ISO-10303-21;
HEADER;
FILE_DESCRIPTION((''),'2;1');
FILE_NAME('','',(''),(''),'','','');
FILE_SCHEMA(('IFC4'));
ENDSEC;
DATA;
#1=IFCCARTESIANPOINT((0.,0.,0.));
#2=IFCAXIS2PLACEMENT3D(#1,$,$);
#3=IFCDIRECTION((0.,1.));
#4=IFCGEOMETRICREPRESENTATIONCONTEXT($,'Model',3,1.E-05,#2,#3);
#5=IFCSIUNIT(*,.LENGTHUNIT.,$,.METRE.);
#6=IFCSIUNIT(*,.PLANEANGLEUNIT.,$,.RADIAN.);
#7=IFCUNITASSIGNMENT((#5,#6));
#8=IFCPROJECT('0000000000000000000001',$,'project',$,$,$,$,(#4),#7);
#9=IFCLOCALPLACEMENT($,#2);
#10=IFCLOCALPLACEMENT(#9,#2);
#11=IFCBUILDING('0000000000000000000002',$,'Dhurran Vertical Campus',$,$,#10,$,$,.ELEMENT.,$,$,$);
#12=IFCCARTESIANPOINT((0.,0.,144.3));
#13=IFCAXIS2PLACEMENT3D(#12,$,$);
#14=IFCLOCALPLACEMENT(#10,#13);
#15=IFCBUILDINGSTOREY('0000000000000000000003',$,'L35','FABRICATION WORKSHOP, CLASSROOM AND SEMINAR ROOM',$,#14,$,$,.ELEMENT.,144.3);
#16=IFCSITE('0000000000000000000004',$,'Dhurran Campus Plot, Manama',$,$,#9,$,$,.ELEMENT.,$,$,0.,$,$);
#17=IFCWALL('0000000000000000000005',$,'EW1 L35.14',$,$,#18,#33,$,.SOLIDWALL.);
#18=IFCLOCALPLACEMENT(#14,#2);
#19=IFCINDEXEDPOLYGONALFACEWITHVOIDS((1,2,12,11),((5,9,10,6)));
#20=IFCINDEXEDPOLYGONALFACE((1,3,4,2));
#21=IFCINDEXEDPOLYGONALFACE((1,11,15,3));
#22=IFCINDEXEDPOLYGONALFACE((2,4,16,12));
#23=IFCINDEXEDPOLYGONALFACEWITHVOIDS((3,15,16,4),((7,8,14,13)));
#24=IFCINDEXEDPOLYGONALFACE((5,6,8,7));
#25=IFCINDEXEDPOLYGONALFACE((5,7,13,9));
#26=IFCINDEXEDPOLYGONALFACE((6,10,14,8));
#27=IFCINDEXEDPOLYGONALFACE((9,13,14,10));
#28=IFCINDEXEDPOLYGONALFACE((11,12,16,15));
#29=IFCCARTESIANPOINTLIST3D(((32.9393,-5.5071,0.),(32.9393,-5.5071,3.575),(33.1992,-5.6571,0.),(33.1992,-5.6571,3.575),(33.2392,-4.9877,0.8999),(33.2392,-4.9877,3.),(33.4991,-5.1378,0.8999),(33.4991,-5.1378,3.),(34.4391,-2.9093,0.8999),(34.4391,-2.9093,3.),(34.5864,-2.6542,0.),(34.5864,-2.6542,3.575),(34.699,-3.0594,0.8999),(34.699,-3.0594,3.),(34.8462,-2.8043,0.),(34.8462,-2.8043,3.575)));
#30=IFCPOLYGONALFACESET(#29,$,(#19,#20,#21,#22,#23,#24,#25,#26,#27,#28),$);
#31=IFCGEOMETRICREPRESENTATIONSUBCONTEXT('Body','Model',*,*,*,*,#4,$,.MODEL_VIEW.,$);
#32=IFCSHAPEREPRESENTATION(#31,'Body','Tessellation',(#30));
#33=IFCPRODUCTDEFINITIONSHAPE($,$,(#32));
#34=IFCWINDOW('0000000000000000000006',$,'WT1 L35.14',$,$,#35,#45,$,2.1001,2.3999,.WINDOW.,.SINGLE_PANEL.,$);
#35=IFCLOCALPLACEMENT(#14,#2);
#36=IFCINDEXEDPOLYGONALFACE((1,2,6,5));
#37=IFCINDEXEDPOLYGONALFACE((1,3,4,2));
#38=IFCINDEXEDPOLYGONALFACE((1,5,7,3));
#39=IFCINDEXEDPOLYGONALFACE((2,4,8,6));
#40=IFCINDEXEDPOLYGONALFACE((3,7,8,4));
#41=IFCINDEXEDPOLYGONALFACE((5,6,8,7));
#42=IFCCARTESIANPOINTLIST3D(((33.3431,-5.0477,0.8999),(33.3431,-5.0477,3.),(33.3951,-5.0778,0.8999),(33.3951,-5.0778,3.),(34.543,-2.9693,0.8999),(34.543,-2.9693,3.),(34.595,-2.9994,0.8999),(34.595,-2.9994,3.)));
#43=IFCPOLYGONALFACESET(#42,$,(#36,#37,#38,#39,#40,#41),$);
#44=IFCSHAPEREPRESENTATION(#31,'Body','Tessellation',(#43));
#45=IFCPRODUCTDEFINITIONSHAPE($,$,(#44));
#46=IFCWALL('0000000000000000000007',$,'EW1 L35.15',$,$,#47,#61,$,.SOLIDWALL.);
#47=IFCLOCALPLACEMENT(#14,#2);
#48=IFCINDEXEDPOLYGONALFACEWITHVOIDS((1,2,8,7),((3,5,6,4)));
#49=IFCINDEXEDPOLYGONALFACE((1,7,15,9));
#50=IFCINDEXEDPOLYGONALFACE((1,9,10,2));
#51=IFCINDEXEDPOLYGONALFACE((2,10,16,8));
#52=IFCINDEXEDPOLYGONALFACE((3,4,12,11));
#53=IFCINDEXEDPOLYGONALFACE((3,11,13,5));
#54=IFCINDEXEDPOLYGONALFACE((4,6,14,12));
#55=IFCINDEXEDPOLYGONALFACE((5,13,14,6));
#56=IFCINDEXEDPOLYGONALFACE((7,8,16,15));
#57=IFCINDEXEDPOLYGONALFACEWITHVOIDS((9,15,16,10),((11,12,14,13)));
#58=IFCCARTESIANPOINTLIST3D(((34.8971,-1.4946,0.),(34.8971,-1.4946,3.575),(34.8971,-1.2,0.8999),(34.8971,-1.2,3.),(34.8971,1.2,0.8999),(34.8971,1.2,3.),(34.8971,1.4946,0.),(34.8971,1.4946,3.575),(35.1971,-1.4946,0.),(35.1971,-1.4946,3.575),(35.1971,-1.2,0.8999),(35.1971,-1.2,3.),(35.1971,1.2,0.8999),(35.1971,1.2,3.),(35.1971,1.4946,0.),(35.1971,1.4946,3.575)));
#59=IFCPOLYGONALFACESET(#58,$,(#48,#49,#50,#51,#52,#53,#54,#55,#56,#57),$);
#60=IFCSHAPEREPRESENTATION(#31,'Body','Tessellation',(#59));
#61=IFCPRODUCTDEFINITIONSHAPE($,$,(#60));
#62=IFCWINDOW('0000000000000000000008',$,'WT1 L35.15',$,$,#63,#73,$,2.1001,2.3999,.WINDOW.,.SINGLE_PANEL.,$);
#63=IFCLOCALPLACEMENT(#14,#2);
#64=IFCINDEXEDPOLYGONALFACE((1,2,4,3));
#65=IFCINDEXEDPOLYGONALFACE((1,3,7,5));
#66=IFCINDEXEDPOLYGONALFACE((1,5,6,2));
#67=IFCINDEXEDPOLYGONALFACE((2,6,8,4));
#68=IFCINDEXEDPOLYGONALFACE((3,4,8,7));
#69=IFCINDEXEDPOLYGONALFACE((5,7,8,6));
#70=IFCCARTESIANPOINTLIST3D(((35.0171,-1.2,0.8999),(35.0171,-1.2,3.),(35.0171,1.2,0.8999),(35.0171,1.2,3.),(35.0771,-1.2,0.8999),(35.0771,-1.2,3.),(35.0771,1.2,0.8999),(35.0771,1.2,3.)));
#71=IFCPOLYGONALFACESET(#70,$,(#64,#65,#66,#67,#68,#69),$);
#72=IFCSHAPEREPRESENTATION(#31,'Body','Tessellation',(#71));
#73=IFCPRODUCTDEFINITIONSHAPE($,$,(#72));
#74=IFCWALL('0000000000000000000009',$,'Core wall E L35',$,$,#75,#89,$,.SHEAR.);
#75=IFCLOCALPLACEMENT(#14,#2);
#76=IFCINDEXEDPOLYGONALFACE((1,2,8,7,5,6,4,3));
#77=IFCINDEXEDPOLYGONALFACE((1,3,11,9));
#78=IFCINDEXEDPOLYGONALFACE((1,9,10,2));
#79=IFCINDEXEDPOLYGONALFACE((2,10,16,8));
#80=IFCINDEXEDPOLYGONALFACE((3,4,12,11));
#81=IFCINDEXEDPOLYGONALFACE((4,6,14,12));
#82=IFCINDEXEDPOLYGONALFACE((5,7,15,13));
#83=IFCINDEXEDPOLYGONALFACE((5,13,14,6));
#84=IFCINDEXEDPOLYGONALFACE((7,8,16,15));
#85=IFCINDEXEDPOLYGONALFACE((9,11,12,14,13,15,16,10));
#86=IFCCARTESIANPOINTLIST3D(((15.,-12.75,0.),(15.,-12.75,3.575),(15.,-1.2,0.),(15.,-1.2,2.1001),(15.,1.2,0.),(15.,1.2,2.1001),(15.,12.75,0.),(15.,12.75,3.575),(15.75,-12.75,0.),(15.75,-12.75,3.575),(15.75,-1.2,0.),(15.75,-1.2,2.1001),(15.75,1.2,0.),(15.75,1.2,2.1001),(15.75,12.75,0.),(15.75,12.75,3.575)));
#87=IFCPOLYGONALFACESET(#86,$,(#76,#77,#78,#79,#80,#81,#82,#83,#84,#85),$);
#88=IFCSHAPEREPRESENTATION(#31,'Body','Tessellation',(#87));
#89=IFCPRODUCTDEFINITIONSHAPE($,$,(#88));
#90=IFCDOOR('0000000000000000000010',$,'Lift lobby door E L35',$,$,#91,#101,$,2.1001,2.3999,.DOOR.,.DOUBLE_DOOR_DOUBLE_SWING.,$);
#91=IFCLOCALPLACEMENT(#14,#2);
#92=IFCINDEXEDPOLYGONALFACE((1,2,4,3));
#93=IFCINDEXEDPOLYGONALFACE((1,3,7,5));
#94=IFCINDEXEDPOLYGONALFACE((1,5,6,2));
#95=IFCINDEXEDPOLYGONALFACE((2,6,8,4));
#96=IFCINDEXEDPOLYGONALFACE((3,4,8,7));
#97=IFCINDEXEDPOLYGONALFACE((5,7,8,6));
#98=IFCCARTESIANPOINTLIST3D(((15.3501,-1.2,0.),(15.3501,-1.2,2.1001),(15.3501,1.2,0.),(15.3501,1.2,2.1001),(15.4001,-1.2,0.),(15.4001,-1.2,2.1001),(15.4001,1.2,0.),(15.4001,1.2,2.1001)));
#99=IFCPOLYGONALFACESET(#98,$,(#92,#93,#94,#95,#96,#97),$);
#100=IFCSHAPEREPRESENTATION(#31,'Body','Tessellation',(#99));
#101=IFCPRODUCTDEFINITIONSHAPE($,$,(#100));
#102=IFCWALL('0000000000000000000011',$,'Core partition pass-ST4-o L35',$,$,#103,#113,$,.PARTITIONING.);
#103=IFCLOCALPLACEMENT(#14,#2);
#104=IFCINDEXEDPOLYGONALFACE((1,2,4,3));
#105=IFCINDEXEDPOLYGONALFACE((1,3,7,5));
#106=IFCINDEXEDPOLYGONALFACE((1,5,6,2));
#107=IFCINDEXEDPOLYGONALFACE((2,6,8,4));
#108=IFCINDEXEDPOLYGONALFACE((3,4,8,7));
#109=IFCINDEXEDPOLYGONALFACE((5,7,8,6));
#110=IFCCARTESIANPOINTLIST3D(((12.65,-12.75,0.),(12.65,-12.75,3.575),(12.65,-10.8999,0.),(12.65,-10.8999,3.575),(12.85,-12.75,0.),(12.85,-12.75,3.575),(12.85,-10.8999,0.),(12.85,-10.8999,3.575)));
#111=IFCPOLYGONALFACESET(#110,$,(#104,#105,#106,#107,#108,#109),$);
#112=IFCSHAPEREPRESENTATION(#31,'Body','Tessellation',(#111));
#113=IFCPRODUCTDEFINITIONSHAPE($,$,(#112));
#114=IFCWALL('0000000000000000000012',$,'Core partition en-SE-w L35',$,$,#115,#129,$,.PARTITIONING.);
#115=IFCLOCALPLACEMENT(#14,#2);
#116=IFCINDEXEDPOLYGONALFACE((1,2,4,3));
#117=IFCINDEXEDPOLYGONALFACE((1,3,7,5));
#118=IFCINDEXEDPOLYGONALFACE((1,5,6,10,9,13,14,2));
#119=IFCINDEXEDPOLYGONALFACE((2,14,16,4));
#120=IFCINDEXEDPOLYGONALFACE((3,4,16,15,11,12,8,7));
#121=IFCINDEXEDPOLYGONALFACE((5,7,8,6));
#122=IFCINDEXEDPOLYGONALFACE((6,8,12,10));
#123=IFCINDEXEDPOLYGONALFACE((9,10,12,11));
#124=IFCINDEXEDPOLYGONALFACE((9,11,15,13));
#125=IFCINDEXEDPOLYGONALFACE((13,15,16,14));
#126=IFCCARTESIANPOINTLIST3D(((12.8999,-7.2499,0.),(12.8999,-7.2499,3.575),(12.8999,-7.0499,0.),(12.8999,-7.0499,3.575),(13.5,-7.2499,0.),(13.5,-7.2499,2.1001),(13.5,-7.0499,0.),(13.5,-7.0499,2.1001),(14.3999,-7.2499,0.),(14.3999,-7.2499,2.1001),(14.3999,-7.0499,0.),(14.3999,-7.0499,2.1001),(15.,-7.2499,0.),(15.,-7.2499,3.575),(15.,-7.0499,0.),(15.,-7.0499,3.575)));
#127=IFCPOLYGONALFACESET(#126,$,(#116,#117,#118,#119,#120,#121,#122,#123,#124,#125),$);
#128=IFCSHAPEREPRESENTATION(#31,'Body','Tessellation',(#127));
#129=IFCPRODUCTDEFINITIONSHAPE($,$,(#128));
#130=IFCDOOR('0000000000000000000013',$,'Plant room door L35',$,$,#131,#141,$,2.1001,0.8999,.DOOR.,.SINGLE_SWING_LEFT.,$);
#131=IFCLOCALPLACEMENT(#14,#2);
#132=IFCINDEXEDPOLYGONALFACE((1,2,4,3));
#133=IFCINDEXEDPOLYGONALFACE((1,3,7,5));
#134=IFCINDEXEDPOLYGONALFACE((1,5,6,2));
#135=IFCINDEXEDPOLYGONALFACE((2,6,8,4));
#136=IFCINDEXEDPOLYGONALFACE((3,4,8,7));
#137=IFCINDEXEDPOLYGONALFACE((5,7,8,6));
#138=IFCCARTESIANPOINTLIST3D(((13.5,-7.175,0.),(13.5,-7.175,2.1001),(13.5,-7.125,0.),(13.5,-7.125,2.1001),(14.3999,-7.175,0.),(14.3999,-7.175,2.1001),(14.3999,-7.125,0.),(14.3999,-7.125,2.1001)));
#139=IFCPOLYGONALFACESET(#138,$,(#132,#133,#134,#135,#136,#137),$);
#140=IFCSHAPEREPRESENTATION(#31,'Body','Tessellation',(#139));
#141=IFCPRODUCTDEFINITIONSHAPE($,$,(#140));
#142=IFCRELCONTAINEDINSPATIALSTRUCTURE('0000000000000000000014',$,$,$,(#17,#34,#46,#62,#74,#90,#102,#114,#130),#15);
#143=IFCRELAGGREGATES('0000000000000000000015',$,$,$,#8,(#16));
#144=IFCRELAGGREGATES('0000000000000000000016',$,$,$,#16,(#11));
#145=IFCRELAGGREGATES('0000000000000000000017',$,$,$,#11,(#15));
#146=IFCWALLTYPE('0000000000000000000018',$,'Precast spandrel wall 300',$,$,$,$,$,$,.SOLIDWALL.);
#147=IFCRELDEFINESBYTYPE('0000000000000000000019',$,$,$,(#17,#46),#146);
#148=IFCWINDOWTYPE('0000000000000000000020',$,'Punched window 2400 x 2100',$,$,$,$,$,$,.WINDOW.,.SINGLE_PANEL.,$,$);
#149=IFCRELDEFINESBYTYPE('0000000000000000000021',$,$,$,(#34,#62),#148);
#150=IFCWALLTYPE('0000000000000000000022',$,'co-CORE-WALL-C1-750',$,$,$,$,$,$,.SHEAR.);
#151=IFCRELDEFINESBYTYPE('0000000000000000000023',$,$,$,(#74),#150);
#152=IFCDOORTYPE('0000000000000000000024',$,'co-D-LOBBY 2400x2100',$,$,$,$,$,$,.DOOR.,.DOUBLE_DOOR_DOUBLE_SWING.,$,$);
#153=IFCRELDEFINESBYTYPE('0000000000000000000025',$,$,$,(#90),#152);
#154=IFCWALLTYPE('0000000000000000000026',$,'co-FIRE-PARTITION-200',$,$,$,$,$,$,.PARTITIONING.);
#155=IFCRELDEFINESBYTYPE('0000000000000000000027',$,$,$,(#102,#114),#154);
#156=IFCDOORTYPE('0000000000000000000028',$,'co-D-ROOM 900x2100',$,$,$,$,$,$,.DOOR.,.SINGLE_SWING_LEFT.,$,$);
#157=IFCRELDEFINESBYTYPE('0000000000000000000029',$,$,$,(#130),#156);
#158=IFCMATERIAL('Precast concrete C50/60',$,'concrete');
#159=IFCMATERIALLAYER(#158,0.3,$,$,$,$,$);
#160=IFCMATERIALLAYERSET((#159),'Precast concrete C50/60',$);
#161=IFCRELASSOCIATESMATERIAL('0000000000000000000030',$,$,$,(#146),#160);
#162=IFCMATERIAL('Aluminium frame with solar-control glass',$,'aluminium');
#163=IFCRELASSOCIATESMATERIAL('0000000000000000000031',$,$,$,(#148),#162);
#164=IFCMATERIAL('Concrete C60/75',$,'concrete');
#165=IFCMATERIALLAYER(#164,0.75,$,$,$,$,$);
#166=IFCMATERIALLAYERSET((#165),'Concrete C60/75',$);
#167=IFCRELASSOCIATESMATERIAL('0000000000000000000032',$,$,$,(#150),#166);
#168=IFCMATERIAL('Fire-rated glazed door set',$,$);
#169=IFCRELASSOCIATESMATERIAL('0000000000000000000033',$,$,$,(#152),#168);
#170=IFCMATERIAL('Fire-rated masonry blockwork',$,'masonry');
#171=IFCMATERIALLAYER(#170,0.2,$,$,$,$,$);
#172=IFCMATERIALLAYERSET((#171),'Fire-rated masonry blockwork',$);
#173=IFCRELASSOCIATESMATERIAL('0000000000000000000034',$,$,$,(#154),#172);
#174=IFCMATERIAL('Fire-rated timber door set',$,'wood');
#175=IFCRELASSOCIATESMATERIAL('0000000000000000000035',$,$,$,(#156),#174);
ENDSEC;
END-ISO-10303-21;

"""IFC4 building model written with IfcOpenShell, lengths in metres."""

from ifc_helpers import new_model, si_unit, direction, frame, frame_2d, origin, place, context, subcontext, project, spatial, rectangle, extrude, material, layer, layer_set, type_object, element, fill, save


model = new_model("IFC4")

# Units and contexts
model_context = context("Model", 3, precision=1e-05, world=origin(), true_north=direction((0.0, 1.0)))
body_context = subcontext(model_context, "Body", "Model", "MODEL_VIEW")
ifc_project = project(units=[si_unit("LENGTHUNIT", "METRE"), si_unit("PLANEANGLEUNIT", "RADIAN")], contexts=[model_context])

# Site, building, storey
site_placement = place(None, origin())
site = spatial("IfcSite", under=ifc_project, at=site_placement, Name="Dhurran Campus Plot, Manama", CompositionType="ELEMENT", RefElevation=0.0)
building_placement = place(site_placement, origin())
building = spatial("IfcBuilding", under=site, at=building_placement, Name="Dhurran Vertical Campus", CompositionType="ELEMENT")
storey_placement = place(building_placement, frame((0.0, 0.0, 144.3)))
storey = spatial("IfcBuildingStorey", under=building, at=storey_placement, Name="L35", Description="FABRICATION WORKSHOP, CLASSROOM AND SEMINAR ROOM", CompositionType="ELEMENT", Elevation=144.3)

# Walls, openings, windows
ifc_material_1 = material(Name="Precast concrete C50/60", Category="concrete")
ifc_layer_1 = layer(ifc_material_1, 0.3)
ifc_layer_set_1 = layer_set([ifc_layer_1], Name="Precast concrete C50/60")
wall_type_1 = type_object("IfcWallType", Name="Precast spandrel wall 300", PredefinedType="SOLIDWALL", material=ifc_layer_set_1)
ifc_material_2 = material(Name="Aluminium frame with solar-control glass", Category="aluminium")
window_type = type_object("IfcWindowType", Name="Punched window 2400 x 2100", PartitioningType="SINGLE_PANEL", PredefinedType="WINDOW", material=ifc_material_2)
wall_1_placement = place(storey_placement, frame((33.0693, -5.582, 0.0), z_axis=(0.0, 0.0, 1.0), x_axis=(0.499981, 0.866036, 0.0)))
wall_1 = element("IfcWall", 1, at=wall_1_placement, inside=storey, type_object=wall_type_1, Name="EW1 L35.14", PredefinedType="SOLIDWALL", context=body_context, shape_type="SweptSolid", body=[
    extrude(rectangle(XDim=3.2942, YDim=0.3, at=frame_2d((1.647, 0.0))), origin(), (0.0, 0.0, 1.0), 3.575),
])
opening_1_placement = place(wall_1_placement, frame((0.5996, 0.0, 0.8999)))
opening_1 = element("IfcOpeningElement", 2, at=opening_1_placement, cuts=wall_1, PredefinedType="OPENING", context=body_context, shape_type="SweptSolid", body=[
    extrude(rectangle(XDim=2.3999, YDim=2.1001, at=frame_2d((1.2, 1.05))), frame((0.0, 0.1599, 0.0), z_axis=(0.0, -1.0, 0.0), x_axis=(1.0, 0.0, 0.0)), (0.0, 0.0, 1.0), 0.3201),
])
window_1_placement = place(opening_1_placement, origin())
window_1 = element("IfcWindow", 3, at=window_1_placement, inside=storey, type_object=window_type, Name="WT1 L35.14", OverallHeight=2.1001, OverallWidth=2.3999, PartitioningType="SINGLE_PANEL", PredefinedType="WINDOW", context=body_context, shape_type="SweptSolid", body=[
    extrude(rectangle(XDim=2.3999, YDim=2.1001, at=frame_2d((1.2, 1.05))), frame((0.0, 0.03, 0.0), z_axis=(0.0, -1.0, 0.0), x_axis=(1.0, 0.0, 0.0)), (0.0, 0.0, 1.0), 0.0601),
])
fill(opening_1, window_1)
wall_2_placement = place(storey_placement, frame((35.0471, -1.4946, 0.0), z_axis=(0.0, 0.0, 1.0), x_axis=(0.0, 1.0, 0.0)))
wall_2 = element("IfcWall", 4, at=wall_2_placement, inside=storey, type_object=wall_type_1, Name="EW1 L35.15", PredefinedType="SOLIDWALL", context=body_context, shape_type="SweptSolid", body=[
    extrude(rectangle(XDim=2.9893, YDim=0.3, at=frame_2d((1.4946, 0.0))), origin(), (0.0, 0.0, 1.0), 3.575),
])
opening_2_placement = place(wall_2_placement, frame((0.2947, 0.0, 0.8999)))
opening_2 = element("IfcOpeningElement", 5, at=opening_2_placement, cuts=wall_2, PredefinedType="OPENING", context=body_context, shape_type="SweptSolid", body=[
    extrude(rectangle(XDim=2.3999, YDim=2.1001, at=frame_2d((1.2, 1.05))), frame((0.0, 0.1599, 0.0), z_axis=(0.0, -1.0, 0.0), x_axis=(1.0, 0.0, 0.0)), (0.0, 0.0, 1.0), 0.3201),
])
window_2_placement = place(opening_2_placement, origin())
window_2 = element("IfcWindow", 6, at=window_2_placement, inside=storey, type_object=window_type, Name="WT1 L35.15", OverallHeight=2.1001, OverallWidth=2.3999, PartitioningType="SINGLE_PANEL", PredefinedType="WINDOW", context=body_context, shape_type="SweptSolid", body=[
    extrude(rectangle(XDim=2.3999, YDim=2.1001, at=frame_2d((1.2, 1.05))), frame((0.0, 0.03, 0.0), z_axis=(0.0, -1.0, 0.0), x_axis=(1.0, 0.0, 0.0)), (0.0, 0.0, 1.0), 0.0601),
])
fill(opening_2, window_2)

# Wall, opening, door
ifc_material_3 = material(Name="Concrete C60/75", Category="concrete")
ifc_layer_2 = layer(ifc_material_3, 0.75)
ifc_layer_set_2 = layer_set([ifc_layer_2], Name="Concrete C60/75")
wall_type_2 = type_object("IfcWallType", Name="co-CORE-WALL-C1-750", PredefinedType="SHEAR", material=ifc_layer_set_2)
wall_3_placement = place(storey_placement, frame((15.375, -12.75, 0.0), z_axis=(0.0, 0.0, 1.0), x_axis=(0.0, 1.0, 0.0)))
wall_3 = element("IfcWall", 7, at=wall_3_placement, inside=storey, type_object=wall_type_2, Name="Core wall E L35", PredefinedType="SHEAR", context=body_context, shape_type="SweptSolid", body=[
    extrude(rectangle(XDim=25.5, YDim=0.75, at=frame_2d((12.75, 0.0))), origin(), (0.0, 0.0, 1.0), 3.575),
])
opening_3_placement = place(wall_3_placement, frame((11.55, 0.0, 0.0)))
opening_3 = element("IfcOpeningElement", 8, at=opening_3_placement, cuts=wall_3, PredefinedType="OPENING", context=body_context, shape_type="SweptSolid", body=[
    extrude(rectangle(XDim=2.3999, YDim=2.1001, at=frame_2d((1.2, 1.05))), frame((0.0, 0.385, 0.0), z_axis=(0.0, -1.0, 0.0), x_axis=(1.0, 0.0, 0.0)), (0.0, 0.0, 1.0), 0.77),
])
ifc_material_4 = material(Name="Fire-rated glazed door set")
door_type_1 = type_object("IfcDoorType", Name="co-D-LOBBY 2400x2100", OperationType="DOUBLE_DOOR_DOUBLE_SWING", PredefinedType="DOOR", material=ifc_material_4)
door_1_placement = place(opening_3_placement, origin())
door_1 = element("IfcDoor", 9, at=door_1_placement, inside=storey, type_object=door_type_1, Name="Lift lobby door E L35", OperationType="DOUBLE_DOOR_DOUBLE_SWING", OverallHeight=2.1001, OverallWidth=2.3999, PredefinedType="DOOR", context=body_context, shape_type="SweptSolid", body=[
    extrude(rectangle(XDim=2.3999, YDim=2.1001, at=frame_2d((1.2, 1.05))), frame((0.0, 0.0249, 0.0), z_axis=(0.0, -1.0, 0.0), x_axis=(1.0, 0.0, 0.0)), (0.0, 0.0, 1.0), 0.05),
])
fill(opening_3, door_1)

# Wall
ifc_material_5 = material(Name="Fire-rated masonry blockwork", Category="masonry")
ifc_layer_3 = layer(ifc_material_5, 0.2)
ifc_layer_set_3 = layer_set([ifc_layer_3], Name="Fire-rated masonry blockwork")
wall_type_3 = type_object("IfcWallType", Name="co-FIRE-PARTITION-200", PredefinedType="PARTITIONING", material=ifc_layer_set_3)
wall_4_placement = place(storey_placement, frame((12.75, -12.75, 0.0), z_axis=(0.0, 0.0, 1.0), x_axis=(0.0, 1.0, 0.0)))
element("IfcWall", 10, at=wall_4_placement, inside=storey, type_object=wall_type_3, Name="Core partition pass-ST4-o L35", PredefinedType="PARTITIONING", context=body_context, shape_type="SweptSolid", body=[
    extrude(rectangle(XDim=1.8501, YDim=0.2, at=frame_2d((0.925, 0.0))), origin(), (0.0, 0.0, 1.0), 3.575),
])

# Wall, opening, door
wall_5_placement = place(storey_placement, frame((12.8999, -7.1499, 0.0), z_axis=(0.0, 0.0, 1.0), x_axis=(1.0, 0.0, 0.0)))
wall_5 = element("IfcWall", 11, at=wall_5_placement, inside=storey, type_object=wall_type_3, Name="Core partition en-SE-w L35", PredefinedType="PARTITIONING", context=body_context, shape_type="SweptSolid", body=[
    extrude(rectangle(XDim=2.1001, YDim=0.2, at=frame_2d((1.05, 0.0))), origin(), (0.0, 0.0, 1.0), 3.575),
])
opening_4_placement = place(wall_5_placement, frame((0.6001, 0.0, 0.0)))
opening_4 = element("IfcOpeningElement", 12, at=opening_4_placement, cuts=wall_5, PredefinedType="OPENING", context=body_context, shape_type="SweptSolid", body=[
    extrude(rectangle(XDim=0.8999, YDim=2.1001, at=frame_2d((0.45, 1.05))), frame((0.0, 0.1099, 0.0), z_axis=(0.0, -1.0, 0.0), x_axis=(1.0, 0.0, 0.0)), (0.0, 0.0, 1.0), 0.22),
])
ifc_material_6 = material(Name="Fire-rated timber door set", Category="wood")
door_type_2 = type_object("IfcDoorType", Name="co-D-ROOM 900x2100", OperationType="SINGLE_SWING_LEFT", PredefinedType="DOOR", material=ifc_material_6)
door_2_placement = place(opening_4_placement, origin())
door_2 = element("IfcDoor", 13, at=door_2_placement, inside=storey, type_object=door_type_2, Name="Plant room door L35", OperationType="SINGLE_SWING_LEFT", OverallHeight=2.1001, OverallWidth=0.8999, PredefinedType="DOOR", context=body_context, shape_type="SweptSolid", body=[
    extrude(rectangle(XDim=0.8999, YDim=2.1001, at=frame_2d((0.45, 1.05))), frame((0.0, 0.0249, 0.0), z_axis=(0.0, -1.0, 0.0), x_axis=(1.0, 0.0, 0.0)), (0.0, 0.0, 1.0), 0.05),
])
fill(opening_4, door_2)

save(model, "model.ifc")
